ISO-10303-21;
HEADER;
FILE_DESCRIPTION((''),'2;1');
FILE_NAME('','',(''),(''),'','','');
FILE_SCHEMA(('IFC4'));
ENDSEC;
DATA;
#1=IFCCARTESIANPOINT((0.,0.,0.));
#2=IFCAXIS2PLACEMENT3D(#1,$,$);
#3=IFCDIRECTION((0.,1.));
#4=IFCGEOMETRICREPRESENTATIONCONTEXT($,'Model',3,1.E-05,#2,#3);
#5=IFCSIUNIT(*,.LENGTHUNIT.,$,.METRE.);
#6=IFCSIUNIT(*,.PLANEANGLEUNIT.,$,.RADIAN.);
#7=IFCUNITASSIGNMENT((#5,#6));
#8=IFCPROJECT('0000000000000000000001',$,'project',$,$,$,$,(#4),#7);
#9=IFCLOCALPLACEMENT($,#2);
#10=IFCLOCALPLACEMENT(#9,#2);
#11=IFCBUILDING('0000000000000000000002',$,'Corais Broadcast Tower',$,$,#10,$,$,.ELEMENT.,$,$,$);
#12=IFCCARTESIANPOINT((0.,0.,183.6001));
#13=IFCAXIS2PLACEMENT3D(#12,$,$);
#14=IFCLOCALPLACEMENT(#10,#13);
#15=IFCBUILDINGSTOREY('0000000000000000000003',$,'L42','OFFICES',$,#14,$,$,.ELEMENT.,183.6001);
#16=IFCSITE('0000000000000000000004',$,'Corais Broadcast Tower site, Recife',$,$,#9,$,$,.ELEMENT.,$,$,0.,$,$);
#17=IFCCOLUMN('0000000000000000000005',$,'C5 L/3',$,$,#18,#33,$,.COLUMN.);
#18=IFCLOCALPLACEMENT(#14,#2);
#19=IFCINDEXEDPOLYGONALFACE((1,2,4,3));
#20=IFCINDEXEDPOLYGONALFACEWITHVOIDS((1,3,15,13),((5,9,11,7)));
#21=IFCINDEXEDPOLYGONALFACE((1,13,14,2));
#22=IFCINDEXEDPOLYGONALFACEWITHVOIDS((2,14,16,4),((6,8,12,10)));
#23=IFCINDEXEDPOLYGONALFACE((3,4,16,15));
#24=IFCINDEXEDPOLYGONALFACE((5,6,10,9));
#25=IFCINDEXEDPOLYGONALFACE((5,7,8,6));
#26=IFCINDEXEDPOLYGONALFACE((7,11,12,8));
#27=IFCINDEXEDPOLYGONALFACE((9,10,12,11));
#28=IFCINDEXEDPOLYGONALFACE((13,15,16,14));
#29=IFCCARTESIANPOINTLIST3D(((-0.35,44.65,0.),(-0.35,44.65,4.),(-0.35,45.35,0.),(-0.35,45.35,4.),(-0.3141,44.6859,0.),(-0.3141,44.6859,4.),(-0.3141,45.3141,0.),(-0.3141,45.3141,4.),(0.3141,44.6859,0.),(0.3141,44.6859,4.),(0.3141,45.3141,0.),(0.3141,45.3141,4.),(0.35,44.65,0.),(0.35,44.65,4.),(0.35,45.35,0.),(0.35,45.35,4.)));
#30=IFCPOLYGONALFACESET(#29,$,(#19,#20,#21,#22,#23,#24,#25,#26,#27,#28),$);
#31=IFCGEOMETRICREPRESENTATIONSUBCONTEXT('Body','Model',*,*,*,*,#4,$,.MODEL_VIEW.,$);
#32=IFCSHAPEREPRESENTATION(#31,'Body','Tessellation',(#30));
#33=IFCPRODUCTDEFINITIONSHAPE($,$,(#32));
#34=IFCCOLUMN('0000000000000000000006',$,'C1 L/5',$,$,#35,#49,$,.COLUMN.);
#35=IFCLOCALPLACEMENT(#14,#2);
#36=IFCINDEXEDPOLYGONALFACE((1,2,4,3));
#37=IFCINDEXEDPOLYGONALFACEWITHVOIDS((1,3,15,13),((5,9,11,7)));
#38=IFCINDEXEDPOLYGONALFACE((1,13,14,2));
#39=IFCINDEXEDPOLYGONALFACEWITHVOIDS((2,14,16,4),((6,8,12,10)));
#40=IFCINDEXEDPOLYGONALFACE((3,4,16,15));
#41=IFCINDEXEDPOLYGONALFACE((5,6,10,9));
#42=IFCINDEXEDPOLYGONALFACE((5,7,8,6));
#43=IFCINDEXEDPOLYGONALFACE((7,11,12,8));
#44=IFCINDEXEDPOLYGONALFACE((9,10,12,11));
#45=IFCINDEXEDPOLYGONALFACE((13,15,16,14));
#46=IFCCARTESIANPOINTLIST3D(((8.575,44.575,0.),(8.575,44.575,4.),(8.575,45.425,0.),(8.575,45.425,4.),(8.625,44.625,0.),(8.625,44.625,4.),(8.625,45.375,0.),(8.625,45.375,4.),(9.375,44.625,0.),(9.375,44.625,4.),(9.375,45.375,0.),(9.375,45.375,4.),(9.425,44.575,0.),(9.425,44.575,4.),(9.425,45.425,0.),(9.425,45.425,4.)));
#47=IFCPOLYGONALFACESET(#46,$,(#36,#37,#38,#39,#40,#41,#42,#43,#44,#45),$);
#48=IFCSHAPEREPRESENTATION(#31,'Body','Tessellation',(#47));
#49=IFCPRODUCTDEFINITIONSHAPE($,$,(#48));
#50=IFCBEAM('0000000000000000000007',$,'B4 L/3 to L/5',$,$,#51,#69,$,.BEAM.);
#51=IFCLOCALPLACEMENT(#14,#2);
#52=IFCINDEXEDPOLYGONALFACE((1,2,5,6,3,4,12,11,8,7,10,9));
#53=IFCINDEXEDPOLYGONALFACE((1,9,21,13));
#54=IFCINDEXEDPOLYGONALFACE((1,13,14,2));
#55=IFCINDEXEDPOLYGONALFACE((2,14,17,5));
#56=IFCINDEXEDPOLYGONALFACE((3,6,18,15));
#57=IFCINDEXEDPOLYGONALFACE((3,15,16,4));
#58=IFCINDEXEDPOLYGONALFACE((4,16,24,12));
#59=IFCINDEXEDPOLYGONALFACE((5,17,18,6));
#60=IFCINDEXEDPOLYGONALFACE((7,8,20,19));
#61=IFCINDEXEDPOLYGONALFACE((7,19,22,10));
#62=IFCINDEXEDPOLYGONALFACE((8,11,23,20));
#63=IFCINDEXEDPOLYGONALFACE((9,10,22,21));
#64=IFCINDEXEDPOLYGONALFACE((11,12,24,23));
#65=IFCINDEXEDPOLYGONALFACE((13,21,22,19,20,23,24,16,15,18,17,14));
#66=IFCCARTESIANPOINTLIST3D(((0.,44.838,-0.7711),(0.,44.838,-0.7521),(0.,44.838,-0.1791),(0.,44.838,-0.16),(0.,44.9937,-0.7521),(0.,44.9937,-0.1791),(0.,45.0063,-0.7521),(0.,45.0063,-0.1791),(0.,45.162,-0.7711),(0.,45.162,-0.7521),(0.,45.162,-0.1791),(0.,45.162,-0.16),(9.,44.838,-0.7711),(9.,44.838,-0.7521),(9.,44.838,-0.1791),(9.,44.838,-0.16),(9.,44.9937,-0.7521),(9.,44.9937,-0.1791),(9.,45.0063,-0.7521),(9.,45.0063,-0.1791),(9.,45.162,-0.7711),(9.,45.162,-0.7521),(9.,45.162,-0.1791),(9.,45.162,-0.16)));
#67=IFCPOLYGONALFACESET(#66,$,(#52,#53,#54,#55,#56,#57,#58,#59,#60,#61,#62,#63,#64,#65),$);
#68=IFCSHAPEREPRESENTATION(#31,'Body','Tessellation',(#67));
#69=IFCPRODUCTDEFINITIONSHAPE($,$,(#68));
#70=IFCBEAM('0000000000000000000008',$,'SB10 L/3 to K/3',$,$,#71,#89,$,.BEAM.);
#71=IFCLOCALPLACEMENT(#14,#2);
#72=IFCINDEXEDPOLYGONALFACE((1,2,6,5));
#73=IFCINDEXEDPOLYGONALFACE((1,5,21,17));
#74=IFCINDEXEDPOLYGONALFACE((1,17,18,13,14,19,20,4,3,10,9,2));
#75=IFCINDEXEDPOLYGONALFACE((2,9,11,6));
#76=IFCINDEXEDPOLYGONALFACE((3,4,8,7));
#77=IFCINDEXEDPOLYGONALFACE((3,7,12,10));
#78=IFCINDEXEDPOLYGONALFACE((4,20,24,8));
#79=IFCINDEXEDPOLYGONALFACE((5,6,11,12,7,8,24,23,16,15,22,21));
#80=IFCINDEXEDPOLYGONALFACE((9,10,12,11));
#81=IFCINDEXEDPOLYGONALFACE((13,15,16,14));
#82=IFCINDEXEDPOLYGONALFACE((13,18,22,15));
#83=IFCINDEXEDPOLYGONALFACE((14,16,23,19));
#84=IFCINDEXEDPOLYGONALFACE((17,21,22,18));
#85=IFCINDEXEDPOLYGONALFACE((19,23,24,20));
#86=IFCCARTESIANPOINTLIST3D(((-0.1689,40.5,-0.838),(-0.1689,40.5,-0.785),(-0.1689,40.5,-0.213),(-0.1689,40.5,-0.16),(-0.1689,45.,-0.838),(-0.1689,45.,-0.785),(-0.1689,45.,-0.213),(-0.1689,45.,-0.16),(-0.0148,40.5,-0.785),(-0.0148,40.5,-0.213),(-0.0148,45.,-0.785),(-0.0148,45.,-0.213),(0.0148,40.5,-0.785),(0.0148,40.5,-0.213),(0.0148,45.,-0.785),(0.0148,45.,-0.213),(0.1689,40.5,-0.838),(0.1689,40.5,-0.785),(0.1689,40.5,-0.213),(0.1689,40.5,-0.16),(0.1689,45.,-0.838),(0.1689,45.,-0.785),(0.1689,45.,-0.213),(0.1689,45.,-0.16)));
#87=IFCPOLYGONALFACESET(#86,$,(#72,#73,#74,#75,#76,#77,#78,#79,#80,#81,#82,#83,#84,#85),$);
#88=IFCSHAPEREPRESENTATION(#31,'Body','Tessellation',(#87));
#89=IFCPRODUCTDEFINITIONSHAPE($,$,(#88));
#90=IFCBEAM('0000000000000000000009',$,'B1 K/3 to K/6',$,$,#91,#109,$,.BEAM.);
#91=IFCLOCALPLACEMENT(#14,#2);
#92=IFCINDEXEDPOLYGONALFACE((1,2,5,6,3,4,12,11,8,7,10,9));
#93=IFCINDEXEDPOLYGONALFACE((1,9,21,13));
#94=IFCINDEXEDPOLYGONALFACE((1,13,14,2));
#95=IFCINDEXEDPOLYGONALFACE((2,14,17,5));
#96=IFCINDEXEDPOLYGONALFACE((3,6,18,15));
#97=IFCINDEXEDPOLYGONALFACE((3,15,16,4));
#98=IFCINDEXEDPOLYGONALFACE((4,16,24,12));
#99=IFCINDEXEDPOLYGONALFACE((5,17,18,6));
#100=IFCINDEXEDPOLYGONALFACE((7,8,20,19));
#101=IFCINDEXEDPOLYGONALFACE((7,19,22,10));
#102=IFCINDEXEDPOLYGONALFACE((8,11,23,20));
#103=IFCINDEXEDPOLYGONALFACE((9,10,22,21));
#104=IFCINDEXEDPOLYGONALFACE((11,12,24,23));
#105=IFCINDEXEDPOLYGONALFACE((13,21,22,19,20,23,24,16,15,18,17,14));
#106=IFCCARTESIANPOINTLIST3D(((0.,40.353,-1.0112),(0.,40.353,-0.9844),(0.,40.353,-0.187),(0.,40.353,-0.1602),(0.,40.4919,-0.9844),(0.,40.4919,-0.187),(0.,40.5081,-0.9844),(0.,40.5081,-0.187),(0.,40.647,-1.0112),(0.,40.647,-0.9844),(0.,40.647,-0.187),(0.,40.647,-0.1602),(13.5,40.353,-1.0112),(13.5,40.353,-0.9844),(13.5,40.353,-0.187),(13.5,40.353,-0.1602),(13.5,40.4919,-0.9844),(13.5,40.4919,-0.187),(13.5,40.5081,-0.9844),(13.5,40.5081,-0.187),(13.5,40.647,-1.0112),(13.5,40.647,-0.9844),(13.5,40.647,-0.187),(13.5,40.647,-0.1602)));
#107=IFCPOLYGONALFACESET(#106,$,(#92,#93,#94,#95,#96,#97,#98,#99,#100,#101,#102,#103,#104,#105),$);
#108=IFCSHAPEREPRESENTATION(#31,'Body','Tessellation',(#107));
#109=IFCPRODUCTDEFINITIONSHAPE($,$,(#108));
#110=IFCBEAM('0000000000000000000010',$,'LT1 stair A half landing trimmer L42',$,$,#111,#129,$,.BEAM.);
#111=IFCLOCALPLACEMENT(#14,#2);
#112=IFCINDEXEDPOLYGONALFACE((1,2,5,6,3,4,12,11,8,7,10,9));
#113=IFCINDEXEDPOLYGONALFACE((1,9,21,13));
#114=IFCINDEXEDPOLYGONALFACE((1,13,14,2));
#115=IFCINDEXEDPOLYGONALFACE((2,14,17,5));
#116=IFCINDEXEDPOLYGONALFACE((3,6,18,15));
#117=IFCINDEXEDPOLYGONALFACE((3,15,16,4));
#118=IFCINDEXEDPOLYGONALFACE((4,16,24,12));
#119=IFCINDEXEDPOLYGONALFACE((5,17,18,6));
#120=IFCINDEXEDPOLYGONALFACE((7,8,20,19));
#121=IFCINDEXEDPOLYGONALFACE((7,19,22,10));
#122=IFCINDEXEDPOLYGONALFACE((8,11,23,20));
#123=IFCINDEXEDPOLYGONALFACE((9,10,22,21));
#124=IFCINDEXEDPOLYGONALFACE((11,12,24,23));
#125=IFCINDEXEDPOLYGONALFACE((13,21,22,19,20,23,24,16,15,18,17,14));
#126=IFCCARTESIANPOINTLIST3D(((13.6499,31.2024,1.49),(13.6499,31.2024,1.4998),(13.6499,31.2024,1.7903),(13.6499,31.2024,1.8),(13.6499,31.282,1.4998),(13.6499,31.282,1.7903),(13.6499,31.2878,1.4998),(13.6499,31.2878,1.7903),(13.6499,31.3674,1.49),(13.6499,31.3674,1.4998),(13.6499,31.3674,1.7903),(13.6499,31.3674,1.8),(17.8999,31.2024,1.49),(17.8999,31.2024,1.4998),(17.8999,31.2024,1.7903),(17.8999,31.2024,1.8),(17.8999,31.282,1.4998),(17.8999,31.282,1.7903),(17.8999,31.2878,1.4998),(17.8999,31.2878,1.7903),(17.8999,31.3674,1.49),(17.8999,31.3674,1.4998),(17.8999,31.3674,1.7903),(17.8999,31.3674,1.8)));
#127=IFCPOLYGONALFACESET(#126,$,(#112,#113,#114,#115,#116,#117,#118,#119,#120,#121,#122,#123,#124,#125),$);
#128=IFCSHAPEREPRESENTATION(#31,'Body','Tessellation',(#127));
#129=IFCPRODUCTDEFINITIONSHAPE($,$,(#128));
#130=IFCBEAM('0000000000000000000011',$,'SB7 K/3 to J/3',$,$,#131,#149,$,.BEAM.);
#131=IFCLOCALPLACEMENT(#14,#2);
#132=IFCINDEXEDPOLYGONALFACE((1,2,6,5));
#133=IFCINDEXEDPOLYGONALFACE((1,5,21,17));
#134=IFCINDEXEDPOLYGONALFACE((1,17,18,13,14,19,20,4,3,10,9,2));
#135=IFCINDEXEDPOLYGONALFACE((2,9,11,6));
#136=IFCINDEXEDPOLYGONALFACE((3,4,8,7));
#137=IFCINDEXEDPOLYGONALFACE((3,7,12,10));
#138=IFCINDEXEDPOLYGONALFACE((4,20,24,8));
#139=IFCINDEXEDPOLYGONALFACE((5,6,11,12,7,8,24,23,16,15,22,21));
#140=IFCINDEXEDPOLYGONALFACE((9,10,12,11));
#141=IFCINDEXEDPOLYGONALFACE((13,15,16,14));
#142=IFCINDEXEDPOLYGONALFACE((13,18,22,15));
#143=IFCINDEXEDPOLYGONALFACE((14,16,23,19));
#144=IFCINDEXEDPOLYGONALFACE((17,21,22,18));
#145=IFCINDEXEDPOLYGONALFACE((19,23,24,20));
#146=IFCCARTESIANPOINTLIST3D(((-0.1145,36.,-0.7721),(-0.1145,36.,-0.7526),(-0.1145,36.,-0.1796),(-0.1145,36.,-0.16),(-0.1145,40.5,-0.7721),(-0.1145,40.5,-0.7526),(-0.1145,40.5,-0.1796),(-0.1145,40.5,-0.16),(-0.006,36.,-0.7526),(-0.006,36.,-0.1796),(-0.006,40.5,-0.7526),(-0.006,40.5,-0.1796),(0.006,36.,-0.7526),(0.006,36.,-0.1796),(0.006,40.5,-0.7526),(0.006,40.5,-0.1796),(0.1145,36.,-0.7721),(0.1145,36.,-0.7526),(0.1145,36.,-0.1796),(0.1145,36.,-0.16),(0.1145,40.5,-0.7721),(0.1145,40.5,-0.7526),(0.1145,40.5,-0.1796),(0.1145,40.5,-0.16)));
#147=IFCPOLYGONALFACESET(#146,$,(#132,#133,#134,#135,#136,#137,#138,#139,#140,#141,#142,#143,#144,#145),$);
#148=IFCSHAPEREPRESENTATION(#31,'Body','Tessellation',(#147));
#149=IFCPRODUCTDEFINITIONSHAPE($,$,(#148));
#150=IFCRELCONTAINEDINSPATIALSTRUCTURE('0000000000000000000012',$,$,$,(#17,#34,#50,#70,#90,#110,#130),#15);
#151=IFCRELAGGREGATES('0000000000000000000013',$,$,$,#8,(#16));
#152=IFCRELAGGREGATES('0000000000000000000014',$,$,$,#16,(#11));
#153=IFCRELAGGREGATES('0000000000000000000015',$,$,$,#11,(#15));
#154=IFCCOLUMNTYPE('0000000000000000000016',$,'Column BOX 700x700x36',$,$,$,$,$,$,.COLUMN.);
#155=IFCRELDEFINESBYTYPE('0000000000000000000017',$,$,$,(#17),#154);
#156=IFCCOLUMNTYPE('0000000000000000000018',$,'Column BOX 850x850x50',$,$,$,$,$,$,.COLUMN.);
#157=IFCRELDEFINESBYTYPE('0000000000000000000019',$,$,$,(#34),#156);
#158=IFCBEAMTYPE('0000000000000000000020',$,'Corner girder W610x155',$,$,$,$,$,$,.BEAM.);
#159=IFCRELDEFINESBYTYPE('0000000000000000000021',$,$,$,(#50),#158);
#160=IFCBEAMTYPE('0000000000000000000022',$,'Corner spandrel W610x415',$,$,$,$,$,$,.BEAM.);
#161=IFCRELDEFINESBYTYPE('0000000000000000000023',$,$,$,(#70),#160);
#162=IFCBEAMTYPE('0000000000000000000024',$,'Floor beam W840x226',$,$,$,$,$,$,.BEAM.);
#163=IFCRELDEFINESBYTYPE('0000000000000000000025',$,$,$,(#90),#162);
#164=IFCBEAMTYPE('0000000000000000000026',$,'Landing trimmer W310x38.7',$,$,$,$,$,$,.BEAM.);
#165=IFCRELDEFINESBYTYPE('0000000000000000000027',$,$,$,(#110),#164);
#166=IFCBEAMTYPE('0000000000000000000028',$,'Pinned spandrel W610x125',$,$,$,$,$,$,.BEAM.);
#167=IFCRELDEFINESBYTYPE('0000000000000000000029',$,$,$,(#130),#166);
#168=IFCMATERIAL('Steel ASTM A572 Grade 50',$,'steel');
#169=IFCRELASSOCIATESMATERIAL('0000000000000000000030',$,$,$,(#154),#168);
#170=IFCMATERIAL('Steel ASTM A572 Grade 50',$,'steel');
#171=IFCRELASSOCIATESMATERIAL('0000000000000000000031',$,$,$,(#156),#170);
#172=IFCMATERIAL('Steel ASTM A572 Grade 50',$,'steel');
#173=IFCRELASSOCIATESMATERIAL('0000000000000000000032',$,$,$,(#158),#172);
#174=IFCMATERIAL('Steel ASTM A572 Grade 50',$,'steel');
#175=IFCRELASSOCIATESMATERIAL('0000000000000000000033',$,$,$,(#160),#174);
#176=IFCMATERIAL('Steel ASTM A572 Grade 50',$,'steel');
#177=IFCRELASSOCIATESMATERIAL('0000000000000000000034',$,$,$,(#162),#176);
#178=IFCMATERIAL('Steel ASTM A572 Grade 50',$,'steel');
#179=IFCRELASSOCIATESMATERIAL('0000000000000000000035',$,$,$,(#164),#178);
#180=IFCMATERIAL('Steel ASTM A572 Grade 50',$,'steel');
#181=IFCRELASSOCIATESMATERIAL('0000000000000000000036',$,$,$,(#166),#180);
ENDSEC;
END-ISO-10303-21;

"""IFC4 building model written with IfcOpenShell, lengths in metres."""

from ifc_helpers import new_model, si_unit, direction, frame, origin, origin_2d, place, context, subcontext, project, spatial, hollow_rectangle, i_section, extrude, material, material_profile, profile_set, type_object, element, save


model = new_model("IFC4")

# Units and contexts
model_context = context("Model", 3, precision=1e-05, world=origin(), true_north=direction((0.0, 1.0)))
body_context = subcontext(model_context, "Body", "Model", "MODEL_VIEW")
ifc_project = project(units=[si_unit("LENGTHUNIT", "METRE"), si_unit("PLANEANGLEUNIT", "RADIAN")], contexts=[model_context])

# Site, building, storey
site_placement = place(None, origin())
site = spatial("IfcSite", under=ifc_project, at=site_placement, Name="Corais Broadcast Tower site, Recife", CompositionType="ELEMENT", RefElevation=0.0)
building_placement = place(site_placement, origin())
building = spatial("IfcBuilding", under=site, at=building_placement, Name="Corais Broadcast Tower", CompositionType="ELEMENT")
storey_placement = place(building_placement, frame((0.0, 0.0, 183.6001)))
storey = spatial("IfcBuildingStorey", under=building, at=storey_placement, Name="L42", Description="OFFICES", CompositionType="ELEMENT", Elevation=183.6001)

# Columns
ifc_material_1 = material(Name="Steel ASTM A572 Grade 50", Category="steel")
ifc_material_profile_1 = material_profile(ifc_material_1, hollow_rectangle(XDim=0.7, YDim=0.7, WallThickness=0.0359, at=origin_2d()), Name="BOX 700x700x36")
ifc_profile_set_1 = profile_set([ifc_material_profile_1], Name="Steel ASTM A572 Grade 50")
column_type_1 = type_object("IfcColumnType", Name="Column BOX 700x700x36", PredefinedType="COLUMN", material=ifc_profile_set_1)
column_1_placement = place(storey_placement, frame((0.0, 45.0, 0.0), z_axis=(0.0, 0.0, 1.0), x_axis=(1.0, 0.0, 0.0)))
element("IfcColumn", 1, at=column_1_placement, inside=storey, type_object=column_type_1, Name="C5 L/3", PredefinedType="COLUMN", context=body_context, shape_type="SweptSolid", body=[
    extrude(hollow_rectangle(XDim=0.7, YDim=0.7, WallThickness=0.0359, at=origin_2d()), origin(), (0.0, 0.0, 1.0), 4.0),
])
ifc_material_2 = material(Name="Steel ASTM A572 Grade 50", Category="steel")
ifc_material_profile_2 = material_profile(ifc_material_2, hollow_rectangle(XDim=0.8501, YDim=0.8501, WallThickness=0.05, at=origin_2d()), Name="BOX 850x850x50")
ifc_profile_set_2 = profile_set([ifc_material_profile_2], Name="Steel ASTM A572 Grade 50")
column_type_2 = type_object("IfcColumnType", Name="Column BOX 850x850x50", PredefinedType="COLUMN", material=ifc_profile_set_2)
column_2_placement = place(storey_placement, frame((9.0, 45.0, 0.0), z_axis=(0.0, 0.0, 1.0), x_axis=(1.0, 0.0, 0.0)))
element("IfcColumn", 2, at=column_2_placement, inside=storey, type_object=column_type_2, Name="C1 L/5", PredefinedType="COLUMN", context=body_context, shape_type="SweptSolid", body=[
    extrude(hollow_rectangle(XDim=0.8501, YDim=0.8501, WallThickness=0.05, at=origin_2d()), origin(), (0.0, 0.0, 1.0), 4.0),
])

# Beams
ifc_material_3 = material(Name="Steel ASTM A572 Grade 50", Category="steel")
ifc_material_profile_3 = material_profile(ifc_material_3, i_section(OverallWidth=0.324, OverallDepth=0.6111, WebThickness=0.0127, FlangeThickness=0.019, at=origin_2d()), Name="W610x155")
ifc_profile_set_3 = profile_set([ifc_material_profile_3], Name="Steel ASTM A572 Grade 50")
beam_type_1 = type_object("IfcBeamType", Name="Corner girder W610x155", PredefinedType="BEAM", material=ifc_profile_set_3)
beam_1_placement = place(storey_placement, frame((0.0, 45.0, -0.4656), z_axis=(1.0, 0.0, 0.0), x_axis=(0.0, 1.0, 0.0)))
element("IfcBeam", 3, at=beam_1_placement, inside=storey, type_object=beam_type_1, Name="B4 L/3 to L/5", PredefinedType="BEAM", context=body_context, shape_type="SweptSolid", body=[
    extrude(i_section(OverallWidth=0.324, OverallDepth=0.6111, WebThickness=0.0127, FlangeThickness=0.019, at=origin_2d()), origin(), (0.0, 0.0, 1.0), 9.0),
])
ifc_material_4 = material(Name="Steel ASTM A572 Grade 50", Category="steel")
ifc_material_profile_4 = material_profile(ifc_material_4, i_section(OverallWidth=0.3379, OverallDepth=0.678, WebThickness=0.0295, FlangeThickness=0.053, at=origin_2d()), Name="W610x415")
ifc_profile_set_4 = profile_set([ifc_material_profile_4], Name="Steel ASTM A572 Grade 50")
beam_type_2 = type_object("IfcBeamType", Name="Corner spandrel W610x415", PredefinedType="BEAM", material=ifc_profile_set_4)
beam_2_placement = place(storey_placement, frame((0.0, 45.0, -0.499), z_axis=(0.0, -1.0, 0.0), x_axis=(1.0, 0.0, 0.0)))
element("IfcBeam", 4, at=beam_2_placement, inside=storey, type_object=beam_type_2, Name="SB10 L/3 to K/3", PredefinedType="BEAM", context=body_context, shape_type="SweptSolid", body=[
    extrude(i_section(OverallWidth=0.3379, OverallDepth=0.678, WebThickness=0.0295, FlangeThickness=0.053, at=origin_2d()), origin(), (0.0, 0.0, 1.0), 4.5),
])
ifc_material_5 = material(Name="Steel ASTM A572 Grade 50", Category="steel")
ifc_material_profile_5 = material_profile(ifc_material_5, i_section(OverallWidth=0.2939, OverallDepth=0.8511, WebThickness=0.0161, FlangeThickness=0.0269, at=origin_2d()), Name="W840x226")
ifc_profile_set_5 = profile_set([ifc_material_profile_5], Name="Steel ASTM A572 Grade 50")
beam_type_3 = type_object("IfcBeamType", Name="Floor beam W840x226", PredefinedType="BEAM", material=ifc_profile_set_5)
beam_3_placement = place(storey_placement, frame((0.0, 40.5, -0.5857), z_axis=(1.0, 0.0, 0.0), x_axis=(0.0, 1.0, 0.0)))
element("IfcBeam", 5, at=beam_3_placement, inside=storey, type_object=beam_type_3, Name="B1 K/3 to K/6", PredefinedType="BEAM", context=body_context, shape_type="SweptSolid", body=[
    extrude(i_section(OverallWidth=0.2939, OverallDepth=0.8511, WebThickness=0.0161, FlangeThickness=0.0269, at=origin_2d()), origin(), (0.0, 0.0, 1.0), 13.5),
])
ifc_material_6 = material(Name="Steel ASTM A572 Grade 50", Category="steel")
ifc_material_profile_6 = material_profile(ifc_material_6, i_section(OverallWidth=0.165, OverallDepth=0.3101, WebThickness=0.0059, FlangeThickness=0.0098, at=origin_2d()), Name="W310x38.7")
ifc_profile_set_6 = profile_set([ifc_material_profile_6], Name="Steel ASTM A572 Grade 50")
beam_type_4 = type_object("IfcBeamType", Name="Landing trimmer W310x38.7", PredefinedType="BEAM", material=ifc_profile_set_6)
beam_4_placement = place(storey_placement, frame((13.6499, 31.2849, 1.645), z_axis=(1.0, 0.0, 0.0), x_axis=(0.0, 1.0, 0.0)))
element("IfcBeam", 6, at=beam_4_placement, inside=storey, type_object=beam_type_4, Name="LT1 stair A half landing trimmer L42", PredefinedType="BEAM", context=body_context, shape_type="SweptSolid", body=[
    extrude(i_section(OverallWidth=0.165, OverallDepth=0.3101, WebThickness=0.0059, FlangeThickness=0.0098, at=origin_2d()), origin(), (0.0, 0.0, 1.0), 4.25),
])
ifc_material_7 = material(Name="Steel ASTM A572 Grade 50", Category="steel")
ifc_material_profile_7 = material_profile(ifc_material_7, i_section(OverallWidth=0.229, OverallDepth=0.6121, WebThickness=0.012, FlangeThickness=0.0195, at=origin_2d()), Name="W610x125")
ifc_profile_set_7 = profile_set([ifc_material_profile_7], Name="Steel ASTM A572 Grade 50")
beam_type_5 = type_object("IfcBeamType", Name="Pinned spandrel W610x125", PredefinedType="BEAM", material=ifc_profile_set_7)
beam_5_placement = place(storey_placement, frame((0.0, 40.5, -0.4661), z_axis=(0.0, -1.0, 0.0), x_axis=(1.0, 0.0, 0.0)))
element("IfcBeam", 7, at=beam_5_placement, inside=storey, type_object=beam_type_5, Name="SB7 K/3 to J/3", PredefinedType="BEAM", context=body_context, shape_type="SweptSolid", body=[
    extrude(i_section(OverallWidth=0.229, OverallDepth=0.6121, WebThickness=0.012, FlangeThickness=0.0195, at=origin_2d()), origin(), (0.0, 0.0, 1.0), 4.5),
])

save(model, "model.ifc")
